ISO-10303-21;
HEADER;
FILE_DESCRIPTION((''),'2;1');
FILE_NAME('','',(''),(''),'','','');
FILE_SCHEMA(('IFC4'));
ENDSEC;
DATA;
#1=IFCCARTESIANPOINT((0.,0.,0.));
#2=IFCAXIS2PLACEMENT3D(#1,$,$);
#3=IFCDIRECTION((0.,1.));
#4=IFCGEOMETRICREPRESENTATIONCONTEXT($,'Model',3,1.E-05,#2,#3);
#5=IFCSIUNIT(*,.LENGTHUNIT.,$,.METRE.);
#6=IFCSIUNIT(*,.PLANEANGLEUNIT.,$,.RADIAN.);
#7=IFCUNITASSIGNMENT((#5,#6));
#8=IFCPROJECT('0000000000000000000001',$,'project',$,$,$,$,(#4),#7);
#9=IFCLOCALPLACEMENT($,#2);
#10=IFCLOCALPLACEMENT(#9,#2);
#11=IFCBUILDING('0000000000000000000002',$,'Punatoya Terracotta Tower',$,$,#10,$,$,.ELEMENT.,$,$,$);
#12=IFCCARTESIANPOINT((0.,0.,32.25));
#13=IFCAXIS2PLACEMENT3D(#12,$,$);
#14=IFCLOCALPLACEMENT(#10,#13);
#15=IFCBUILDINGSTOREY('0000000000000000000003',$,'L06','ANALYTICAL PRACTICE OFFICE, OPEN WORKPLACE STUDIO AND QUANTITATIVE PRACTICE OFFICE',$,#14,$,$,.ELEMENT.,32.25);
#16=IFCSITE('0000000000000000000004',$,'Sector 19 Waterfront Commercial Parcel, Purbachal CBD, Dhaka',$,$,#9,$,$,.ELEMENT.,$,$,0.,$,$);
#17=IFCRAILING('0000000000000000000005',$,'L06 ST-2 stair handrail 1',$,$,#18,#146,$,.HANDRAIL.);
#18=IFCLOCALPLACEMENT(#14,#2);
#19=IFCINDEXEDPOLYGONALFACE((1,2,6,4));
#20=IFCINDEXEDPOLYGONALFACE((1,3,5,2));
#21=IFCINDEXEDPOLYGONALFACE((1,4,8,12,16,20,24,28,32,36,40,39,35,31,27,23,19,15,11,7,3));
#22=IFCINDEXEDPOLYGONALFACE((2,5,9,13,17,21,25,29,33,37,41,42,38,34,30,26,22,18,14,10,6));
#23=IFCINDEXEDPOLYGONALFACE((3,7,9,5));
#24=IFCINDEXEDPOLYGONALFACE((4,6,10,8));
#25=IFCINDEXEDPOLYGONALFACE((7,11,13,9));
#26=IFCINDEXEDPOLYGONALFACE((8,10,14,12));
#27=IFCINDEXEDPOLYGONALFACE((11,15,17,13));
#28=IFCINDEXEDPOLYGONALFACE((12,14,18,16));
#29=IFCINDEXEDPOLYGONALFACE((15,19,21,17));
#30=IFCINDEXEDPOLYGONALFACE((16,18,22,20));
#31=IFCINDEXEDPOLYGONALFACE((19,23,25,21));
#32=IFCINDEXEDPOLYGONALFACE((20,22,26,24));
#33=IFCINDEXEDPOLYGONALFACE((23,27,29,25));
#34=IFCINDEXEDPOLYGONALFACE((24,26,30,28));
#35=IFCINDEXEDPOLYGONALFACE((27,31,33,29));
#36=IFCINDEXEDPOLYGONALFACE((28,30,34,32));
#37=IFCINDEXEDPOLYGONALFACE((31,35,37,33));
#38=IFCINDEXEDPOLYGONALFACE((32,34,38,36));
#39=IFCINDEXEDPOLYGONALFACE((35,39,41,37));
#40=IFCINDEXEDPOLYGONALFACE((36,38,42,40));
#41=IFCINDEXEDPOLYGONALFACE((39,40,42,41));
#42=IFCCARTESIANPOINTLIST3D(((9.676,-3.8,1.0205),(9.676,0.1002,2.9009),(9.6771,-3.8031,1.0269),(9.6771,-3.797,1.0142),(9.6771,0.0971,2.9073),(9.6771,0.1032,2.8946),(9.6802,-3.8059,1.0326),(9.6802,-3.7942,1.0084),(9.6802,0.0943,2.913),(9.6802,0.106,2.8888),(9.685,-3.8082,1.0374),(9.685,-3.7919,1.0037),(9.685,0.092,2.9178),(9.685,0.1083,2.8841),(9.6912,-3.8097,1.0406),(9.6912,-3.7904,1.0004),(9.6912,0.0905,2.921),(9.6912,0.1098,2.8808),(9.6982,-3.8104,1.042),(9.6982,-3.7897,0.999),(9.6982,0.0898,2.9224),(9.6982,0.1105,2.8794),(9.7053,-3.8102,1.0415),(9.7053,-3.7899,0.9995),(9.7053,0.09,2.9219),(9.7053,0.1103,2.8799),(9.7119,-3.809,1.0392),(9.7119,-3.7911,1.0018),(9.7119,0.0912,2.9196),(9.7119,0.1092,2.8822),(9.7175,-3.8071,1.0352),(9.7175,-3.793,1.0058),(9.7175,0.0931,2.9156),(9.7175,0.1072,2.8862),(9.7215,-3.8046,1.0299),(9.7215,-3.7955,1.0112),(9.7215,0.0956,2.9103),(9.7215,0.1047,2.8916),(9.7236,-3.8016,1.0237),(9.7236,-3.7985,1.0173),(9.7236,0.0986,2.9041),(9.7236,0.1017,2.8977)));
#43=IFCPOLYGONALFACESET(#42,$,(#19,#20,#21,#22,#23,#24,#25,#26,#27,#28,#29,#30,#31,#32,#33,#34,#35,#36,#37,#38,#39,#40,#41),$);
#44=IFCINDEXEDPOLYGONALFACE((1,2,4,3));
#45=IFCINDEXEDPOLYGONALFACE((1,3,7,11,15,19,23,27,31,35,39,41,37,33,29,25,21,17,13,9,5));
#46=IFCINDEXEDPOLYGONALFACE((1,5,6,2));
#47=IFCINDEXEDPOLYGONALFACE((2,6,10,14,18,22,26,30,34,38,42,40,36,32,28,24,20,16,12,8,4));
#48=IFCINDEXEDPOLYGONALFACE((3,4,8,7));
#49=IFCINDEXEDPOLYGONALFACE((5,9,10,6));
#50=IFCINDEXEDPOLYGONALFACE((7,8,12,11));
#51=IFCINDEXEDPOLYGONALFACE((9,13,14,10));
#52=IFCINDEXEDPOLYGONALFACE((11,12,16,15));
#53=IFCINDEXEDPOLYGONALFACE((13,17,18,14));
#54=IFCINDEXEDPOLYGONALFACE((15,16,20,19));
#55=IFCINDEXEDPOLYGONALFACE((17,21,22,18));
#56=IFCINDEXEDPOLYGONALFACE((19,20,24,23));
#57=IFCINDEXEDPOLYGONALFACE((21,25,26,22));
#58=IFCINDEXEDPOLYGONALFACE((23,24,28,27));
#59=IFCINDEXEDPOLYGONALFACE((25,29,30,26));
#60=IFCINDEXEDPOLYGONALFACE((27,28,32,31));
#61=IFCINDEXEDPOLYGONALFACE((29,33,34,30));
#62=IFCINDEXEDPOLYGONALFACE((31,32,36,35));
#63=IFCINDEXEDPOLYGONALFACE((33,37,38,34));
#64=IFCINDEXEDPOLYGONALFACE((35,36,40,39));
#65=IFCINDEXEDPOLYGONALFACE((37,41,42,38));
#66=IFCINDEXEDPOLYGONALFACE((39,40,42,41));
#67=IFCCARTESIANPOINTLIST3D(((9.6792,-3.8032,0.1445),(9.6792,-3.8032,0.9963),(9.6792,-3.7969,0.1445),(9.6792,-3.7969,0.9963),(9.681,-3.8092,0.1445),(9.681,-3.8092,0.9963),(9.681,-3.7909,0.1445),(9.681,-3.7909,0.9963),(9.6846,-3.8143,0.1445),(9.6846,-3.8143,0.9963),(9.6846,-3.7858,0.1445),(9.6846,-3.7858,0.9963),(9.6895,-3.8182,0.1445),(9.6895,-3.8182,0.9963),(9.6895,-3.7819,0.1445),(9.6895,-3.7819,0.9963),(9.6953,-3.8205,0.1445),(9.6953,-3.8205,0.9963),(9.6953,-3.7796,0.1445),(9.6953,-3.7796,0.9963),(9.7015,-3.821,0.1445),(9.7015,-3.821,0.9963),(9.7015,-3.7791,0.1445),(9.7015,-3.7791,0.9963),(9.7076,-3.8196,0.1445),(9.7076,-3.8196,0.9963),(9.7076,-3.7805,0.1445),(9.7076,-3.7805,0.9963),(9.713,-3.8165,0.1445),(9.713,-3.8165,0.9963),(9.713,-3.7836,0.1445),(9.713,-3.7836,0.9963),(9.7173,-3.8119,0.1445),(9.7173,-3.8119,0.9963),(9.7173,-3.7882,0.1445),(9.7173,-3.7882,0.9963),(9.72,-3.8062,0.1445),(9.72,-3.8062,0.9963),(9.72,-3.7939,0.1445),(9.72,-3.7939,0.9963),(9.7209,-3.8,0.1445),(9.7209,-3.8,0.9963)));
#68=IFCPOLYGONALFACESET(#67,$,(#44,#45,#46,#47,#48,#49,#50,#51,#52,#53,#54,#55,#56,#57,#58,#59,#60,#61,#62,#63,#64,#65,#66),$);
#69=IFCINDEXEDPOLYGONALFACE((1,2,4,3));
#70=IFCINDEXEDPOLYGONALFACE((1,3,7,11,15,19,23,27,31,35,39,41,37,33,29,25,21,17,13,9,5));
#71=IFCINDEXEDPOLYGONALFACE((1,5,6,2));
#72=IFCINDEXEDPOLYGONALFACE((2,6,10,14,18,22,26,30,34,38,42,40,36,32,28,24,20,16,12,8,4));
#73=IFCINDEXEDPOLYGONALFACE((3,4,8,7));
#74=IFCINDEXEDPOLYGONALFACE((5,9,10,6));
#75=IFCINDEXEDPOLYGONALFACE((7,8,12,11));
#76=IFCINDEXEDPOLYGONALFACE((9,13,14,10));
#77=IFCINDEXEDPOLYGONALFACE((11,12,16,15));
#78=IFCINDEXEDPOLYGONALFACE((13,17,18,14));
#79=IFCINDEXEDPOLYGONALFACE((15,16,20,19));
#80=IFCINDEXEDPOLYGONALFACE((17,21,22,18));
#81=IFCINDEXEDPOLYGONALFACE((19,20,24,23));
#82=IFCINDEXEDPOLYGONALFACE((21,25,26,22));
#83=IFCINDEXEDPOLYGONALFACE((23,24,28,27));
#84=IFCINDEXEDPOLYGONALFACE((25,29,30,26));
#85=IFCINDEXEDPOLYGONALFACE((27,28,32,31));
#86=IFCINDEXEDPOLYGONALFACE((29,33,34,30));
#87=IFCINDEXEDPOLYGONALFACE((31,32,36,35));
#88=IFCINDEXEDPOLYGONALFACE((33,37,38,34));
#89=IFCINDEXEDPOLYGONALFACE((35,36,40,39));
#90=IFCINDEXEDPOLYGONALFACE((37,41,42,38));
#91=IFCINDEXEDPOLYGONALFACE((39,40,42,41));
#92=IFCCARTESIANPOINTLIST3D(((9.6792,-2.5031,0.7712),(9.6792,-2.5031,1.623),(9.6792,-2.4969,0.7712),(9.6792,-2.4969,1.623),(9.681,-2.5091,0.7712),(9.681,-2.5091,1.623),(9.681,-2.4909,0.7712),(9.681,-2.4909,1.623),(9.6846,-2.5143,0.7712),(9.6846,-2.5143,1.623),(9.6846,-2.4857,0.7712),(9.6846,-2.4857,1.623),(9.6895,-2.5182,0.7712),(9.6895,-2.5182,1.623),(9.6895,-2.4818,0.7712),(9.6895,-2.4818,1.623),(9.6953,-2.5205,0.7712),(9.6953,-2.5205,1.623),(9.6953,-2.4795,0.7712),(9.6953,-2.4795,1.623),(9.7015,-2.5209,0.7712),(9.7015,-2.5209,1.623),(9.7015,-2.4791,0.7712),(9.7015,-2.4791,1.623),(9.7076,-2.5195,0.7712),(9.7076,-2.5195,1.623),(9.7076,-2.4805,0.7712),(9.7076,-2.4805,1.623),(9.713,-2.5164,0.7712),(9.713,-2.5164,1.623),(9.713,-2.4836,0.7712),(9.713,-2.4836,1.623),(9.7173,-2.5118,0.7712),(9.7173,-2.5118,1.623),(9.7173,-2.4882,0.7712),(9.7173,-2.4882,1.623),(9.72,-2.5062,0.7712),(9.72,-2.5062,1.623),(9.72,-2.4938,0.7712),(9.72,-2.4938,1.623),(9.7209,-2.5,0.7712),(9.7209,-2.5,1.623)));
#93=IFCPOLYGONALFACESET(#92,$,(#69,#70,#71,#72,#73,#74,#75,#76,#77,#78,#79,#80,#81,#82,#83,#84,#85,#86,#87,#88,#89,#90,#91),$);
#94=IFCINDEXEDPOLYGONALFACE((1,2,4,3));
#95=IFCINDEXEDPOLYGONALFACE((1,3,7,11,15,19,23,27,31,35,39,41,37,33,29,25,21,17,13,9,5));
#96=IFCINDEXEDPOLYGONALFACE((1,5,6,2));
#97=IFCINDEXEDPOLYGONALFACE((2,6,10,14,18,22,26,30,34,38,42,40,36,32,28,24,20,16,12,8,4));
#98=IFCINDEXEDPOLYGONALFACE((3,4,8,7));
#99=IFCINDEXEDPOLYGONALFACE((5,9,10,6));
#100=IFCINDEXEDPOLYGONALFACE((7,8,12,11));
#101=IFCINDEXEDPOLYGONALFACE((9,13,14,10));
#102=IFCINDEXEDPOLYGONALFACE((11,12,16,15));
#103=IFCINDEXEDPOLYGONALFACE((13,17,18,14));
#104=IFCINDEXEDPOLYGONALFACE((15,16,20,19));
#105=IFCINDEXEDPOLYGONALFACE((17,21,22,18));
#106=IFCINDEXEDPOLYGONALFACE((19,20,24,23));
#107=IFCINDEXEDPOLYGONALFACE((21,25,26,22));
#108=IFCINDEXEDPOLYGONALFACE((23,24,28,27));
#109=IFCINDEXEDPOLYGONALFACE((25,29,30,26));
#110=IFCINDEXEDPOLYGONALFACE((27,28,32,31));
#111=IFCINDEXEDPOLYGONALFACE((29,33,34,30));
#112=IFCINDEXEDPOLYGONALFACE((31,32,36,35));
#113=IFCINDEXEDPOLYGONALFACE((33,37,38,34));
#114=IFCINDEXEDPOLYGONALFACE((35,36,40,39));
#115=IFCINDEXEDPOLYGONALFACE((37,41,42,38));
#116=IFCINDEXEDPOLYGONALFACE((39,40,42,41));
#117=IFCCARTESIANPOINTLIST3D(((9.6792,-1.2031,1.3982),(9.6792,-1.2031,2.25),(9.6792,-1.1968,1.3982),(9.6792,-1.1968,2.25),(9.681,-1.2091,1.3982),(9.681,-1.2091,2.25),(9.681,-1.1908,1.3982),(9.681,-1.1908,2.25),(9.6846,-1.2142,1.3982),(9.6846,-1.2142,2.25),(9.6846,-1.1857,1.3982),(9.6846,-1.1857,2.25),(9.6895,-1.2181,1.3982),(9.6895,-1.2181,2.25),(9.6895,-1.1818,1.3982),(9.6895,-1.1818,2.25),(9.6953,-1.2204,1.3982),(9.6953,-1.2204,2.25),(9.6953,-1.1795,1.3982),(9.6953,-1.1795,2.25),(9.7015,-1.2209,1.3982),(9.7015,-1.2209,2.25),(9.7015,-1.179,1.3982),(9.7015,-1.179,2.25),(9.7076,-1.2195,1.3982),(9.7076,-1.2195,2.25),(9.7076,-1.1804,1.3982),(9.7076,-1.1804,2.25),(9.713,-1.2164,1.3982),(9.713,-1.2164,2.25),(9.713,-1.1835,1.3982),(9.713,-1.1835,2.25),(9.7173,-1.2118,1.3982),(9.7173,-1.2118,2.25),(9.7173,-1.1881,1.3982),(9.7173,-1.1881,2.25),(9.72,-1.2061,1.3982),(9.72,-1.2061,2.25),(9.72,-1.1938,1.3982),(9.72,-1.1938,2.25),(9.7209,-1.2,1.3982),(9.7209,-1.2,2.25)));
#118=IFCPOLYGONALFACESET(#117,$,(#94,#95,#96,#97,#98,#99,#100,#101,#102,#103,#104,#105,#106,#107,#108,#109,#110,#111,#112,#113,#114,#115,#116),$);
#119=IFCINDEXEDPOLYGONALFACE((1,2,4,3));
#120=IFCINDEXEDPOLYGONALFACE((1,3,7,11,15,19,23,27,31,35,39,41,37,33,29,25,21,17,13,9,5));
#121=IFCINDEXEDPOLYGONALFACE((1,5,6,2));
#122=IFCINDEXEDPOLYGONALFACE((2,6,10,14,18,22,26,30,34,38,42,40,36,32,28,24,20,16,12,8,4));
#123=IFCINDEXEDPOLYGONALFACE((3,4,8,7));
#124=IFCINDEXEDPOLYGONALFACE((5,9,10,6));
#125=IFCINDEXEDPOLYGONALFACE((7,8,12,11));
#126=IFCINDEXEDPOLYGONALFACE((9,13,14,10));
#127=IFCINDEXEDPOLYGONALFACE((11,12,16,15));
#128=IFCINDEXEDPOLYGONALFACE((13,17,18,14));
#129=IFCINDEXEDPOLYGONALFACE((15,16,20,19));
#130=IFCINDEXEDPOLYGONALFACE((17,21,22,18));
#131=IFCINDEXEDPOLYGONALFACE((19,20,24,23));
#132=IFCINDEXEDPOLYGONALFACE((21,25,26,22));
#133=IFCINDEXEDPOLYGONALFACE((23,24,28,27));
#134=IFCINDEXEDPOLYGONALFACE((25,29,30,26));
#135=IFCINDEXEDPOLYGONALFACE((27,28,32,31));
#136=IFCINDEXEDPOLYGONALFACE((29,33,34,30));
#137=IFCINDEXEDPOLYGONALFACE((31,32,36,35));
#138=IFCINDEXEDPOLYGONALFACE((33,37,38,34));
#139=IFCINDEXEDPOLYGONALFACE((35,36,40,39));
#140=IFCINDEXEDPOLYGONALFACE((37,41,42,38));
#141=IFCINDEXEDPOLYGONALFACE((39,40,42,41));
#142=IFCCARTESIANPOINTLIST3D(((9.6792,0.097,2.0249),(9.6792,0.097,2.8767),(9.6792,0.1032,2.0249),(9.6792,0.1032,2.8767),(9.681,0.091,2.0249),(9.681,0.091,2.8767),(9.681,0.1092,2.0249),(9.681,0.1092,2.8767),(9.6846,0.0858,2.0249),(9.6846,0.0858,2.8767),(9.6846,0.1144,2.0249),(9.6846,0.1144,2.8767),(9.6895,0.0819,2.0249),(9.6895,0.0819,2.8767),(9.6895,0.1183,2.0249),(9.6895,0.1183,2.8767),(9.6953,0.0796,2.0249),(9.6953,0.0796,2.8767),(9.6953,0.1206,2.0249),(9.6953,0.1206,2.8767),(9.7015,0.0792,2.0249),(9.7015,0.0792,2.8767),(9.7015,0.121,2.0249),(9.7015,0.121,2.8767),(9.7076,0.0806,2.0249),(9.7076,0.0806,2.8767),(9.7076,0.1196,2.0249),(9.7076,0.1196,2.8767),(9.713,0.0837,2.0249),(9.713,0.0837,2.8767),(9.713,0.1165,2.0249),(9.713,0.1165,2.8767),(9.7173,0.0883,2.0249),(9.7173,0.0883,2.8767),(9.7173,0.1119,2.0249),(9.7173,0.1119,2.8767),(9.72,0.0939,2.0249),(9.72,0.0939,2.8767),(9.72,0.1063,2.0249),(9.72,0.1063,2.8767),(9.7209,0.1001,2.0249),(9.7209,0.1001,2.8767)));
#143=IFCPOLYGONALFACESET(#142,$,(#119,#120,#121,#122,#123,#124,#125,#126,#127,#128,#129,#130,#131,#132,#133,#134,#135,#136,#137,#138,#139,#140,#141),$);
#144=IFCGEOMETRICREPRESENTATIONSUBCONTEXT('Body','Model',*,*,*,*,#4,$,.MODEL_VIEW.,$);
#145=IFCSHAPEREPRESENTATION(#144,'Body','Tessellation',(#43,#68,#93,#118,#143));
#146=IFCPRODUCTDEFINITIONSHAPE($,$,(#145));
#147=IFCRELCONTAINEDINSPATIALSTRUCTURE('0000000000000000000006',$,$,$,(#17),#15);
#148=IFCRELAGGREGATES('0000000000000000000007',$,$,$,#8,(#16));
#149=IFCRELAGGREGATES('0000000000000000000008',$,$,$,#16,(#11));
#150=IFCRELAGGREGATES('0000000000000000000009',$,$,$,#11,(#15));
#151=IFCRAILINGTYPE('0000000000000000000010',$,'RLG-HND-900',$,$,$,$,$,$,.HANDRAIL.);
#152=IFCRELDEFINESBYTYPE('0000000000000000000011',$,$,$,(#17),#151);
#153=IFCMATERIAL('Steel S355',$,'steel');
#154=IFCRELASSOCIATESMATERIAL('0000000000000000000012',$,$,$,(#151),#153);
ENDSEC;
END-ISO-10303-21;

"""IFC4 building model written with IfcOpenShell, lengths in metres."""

from ifc_helpers import new_model, si_unit, direction, frame, origin, origin_2d, place, context, subcontext, project, spatial, circle, extrude, material, type_object, element, save


model = new_model("IFC4")

# Units and contexts
model_context = context("Model", 3, precision=1e-05, world=origin(), true_north=direction((0.0, 1.0)))
body_context = subcontext(model_context, "Body", "Model", "MODEL_VIEW")
ifc_project = project(units=[si_unit("LENGTHUNIT", "METRE"), si_unit("PLANEANGLEUNIT", "RADIAN")], contexts=[model_context])

# Site, building, storey
site_placement = place(None, origin())
site = spatial("IfcSite", under=ifc_project, at=site_placement, Name="Sector 19 Waterfront Commercial Parcel, Purbachal CBD, Dhaka", CompositionType="ELEMENT", RefElevation=0.0)
building_placement = place(site_placement, origin())
building = spatial("IfcBuilding", under=site, at=building_placement, Name="Punatoya Terracotta Tower", CompositionType="ELEMENT")
storey_placement = place(building_placement, frame((0.0, 0.0, 32.25)))
storey = spatial("IfcBuildingStorey", under=building, at=storey_placement, Name="L06", Description="ANALYTICAL PRACTICE OFFICE, OPEN WORKPLACE STUDIO AND QUANTITATIVE PRACTICE OFFICE", CompositionType="ELEMENT", Elevation=32.25)

# Shared definitions
ifc_material_1 = material(Name="Steel S355", Category="steel")

# Railing
railing_type_1 = type_object("IfcRailingType", Name="RLG-HND-900", PredefinedType="HANDRAIL", material=ifc_material_1)
railing_1_placement = place(storey_placement, frame((9.7, -3.8, 0.1445)))
element("IfcRailing", 1, at=railing_1_placement, inside=storey, type_object=railing_type_1, Name="L06 ST-2 stair handrail 1", PredefinedType="HANDRAIL", context=body_context, shape_type="SweptSolid", body=[
    extrude(circle(Radius=0.0239, at=origin_2d()), frame((0.0, 0.0, 0.876), z_axis=(0.0, 0.900774, 0.434289), x_axis=(-1.0, 0.0, 0.0)), (0.0, 0.0, 1.0), 4.3298),
    extrude(circle(Radius=0.021, at=origin_2d()), origin(), (0.0, 0.0, 1.0), 0.8518),
    extrude(circle(Radius=0.021, at=origin_2d()), frame((0.0, 1.3, 0.6267)), (0.0, 0.0, 1.0), 0.8518),
    extrude(circle(Radius=0.021, at=origin_2d()), frame((0.0, 2.6001, 1.2537)), (0.0, 0.0, 1.0), 0.8518),
    extrude(circle(Radius=0.021, at=origin_2d()), frame((0.0, 3.9001, 1.8804)), (0.0, 0.0, 1.0), 0.8518),
])

save(model, "model.ifc")
